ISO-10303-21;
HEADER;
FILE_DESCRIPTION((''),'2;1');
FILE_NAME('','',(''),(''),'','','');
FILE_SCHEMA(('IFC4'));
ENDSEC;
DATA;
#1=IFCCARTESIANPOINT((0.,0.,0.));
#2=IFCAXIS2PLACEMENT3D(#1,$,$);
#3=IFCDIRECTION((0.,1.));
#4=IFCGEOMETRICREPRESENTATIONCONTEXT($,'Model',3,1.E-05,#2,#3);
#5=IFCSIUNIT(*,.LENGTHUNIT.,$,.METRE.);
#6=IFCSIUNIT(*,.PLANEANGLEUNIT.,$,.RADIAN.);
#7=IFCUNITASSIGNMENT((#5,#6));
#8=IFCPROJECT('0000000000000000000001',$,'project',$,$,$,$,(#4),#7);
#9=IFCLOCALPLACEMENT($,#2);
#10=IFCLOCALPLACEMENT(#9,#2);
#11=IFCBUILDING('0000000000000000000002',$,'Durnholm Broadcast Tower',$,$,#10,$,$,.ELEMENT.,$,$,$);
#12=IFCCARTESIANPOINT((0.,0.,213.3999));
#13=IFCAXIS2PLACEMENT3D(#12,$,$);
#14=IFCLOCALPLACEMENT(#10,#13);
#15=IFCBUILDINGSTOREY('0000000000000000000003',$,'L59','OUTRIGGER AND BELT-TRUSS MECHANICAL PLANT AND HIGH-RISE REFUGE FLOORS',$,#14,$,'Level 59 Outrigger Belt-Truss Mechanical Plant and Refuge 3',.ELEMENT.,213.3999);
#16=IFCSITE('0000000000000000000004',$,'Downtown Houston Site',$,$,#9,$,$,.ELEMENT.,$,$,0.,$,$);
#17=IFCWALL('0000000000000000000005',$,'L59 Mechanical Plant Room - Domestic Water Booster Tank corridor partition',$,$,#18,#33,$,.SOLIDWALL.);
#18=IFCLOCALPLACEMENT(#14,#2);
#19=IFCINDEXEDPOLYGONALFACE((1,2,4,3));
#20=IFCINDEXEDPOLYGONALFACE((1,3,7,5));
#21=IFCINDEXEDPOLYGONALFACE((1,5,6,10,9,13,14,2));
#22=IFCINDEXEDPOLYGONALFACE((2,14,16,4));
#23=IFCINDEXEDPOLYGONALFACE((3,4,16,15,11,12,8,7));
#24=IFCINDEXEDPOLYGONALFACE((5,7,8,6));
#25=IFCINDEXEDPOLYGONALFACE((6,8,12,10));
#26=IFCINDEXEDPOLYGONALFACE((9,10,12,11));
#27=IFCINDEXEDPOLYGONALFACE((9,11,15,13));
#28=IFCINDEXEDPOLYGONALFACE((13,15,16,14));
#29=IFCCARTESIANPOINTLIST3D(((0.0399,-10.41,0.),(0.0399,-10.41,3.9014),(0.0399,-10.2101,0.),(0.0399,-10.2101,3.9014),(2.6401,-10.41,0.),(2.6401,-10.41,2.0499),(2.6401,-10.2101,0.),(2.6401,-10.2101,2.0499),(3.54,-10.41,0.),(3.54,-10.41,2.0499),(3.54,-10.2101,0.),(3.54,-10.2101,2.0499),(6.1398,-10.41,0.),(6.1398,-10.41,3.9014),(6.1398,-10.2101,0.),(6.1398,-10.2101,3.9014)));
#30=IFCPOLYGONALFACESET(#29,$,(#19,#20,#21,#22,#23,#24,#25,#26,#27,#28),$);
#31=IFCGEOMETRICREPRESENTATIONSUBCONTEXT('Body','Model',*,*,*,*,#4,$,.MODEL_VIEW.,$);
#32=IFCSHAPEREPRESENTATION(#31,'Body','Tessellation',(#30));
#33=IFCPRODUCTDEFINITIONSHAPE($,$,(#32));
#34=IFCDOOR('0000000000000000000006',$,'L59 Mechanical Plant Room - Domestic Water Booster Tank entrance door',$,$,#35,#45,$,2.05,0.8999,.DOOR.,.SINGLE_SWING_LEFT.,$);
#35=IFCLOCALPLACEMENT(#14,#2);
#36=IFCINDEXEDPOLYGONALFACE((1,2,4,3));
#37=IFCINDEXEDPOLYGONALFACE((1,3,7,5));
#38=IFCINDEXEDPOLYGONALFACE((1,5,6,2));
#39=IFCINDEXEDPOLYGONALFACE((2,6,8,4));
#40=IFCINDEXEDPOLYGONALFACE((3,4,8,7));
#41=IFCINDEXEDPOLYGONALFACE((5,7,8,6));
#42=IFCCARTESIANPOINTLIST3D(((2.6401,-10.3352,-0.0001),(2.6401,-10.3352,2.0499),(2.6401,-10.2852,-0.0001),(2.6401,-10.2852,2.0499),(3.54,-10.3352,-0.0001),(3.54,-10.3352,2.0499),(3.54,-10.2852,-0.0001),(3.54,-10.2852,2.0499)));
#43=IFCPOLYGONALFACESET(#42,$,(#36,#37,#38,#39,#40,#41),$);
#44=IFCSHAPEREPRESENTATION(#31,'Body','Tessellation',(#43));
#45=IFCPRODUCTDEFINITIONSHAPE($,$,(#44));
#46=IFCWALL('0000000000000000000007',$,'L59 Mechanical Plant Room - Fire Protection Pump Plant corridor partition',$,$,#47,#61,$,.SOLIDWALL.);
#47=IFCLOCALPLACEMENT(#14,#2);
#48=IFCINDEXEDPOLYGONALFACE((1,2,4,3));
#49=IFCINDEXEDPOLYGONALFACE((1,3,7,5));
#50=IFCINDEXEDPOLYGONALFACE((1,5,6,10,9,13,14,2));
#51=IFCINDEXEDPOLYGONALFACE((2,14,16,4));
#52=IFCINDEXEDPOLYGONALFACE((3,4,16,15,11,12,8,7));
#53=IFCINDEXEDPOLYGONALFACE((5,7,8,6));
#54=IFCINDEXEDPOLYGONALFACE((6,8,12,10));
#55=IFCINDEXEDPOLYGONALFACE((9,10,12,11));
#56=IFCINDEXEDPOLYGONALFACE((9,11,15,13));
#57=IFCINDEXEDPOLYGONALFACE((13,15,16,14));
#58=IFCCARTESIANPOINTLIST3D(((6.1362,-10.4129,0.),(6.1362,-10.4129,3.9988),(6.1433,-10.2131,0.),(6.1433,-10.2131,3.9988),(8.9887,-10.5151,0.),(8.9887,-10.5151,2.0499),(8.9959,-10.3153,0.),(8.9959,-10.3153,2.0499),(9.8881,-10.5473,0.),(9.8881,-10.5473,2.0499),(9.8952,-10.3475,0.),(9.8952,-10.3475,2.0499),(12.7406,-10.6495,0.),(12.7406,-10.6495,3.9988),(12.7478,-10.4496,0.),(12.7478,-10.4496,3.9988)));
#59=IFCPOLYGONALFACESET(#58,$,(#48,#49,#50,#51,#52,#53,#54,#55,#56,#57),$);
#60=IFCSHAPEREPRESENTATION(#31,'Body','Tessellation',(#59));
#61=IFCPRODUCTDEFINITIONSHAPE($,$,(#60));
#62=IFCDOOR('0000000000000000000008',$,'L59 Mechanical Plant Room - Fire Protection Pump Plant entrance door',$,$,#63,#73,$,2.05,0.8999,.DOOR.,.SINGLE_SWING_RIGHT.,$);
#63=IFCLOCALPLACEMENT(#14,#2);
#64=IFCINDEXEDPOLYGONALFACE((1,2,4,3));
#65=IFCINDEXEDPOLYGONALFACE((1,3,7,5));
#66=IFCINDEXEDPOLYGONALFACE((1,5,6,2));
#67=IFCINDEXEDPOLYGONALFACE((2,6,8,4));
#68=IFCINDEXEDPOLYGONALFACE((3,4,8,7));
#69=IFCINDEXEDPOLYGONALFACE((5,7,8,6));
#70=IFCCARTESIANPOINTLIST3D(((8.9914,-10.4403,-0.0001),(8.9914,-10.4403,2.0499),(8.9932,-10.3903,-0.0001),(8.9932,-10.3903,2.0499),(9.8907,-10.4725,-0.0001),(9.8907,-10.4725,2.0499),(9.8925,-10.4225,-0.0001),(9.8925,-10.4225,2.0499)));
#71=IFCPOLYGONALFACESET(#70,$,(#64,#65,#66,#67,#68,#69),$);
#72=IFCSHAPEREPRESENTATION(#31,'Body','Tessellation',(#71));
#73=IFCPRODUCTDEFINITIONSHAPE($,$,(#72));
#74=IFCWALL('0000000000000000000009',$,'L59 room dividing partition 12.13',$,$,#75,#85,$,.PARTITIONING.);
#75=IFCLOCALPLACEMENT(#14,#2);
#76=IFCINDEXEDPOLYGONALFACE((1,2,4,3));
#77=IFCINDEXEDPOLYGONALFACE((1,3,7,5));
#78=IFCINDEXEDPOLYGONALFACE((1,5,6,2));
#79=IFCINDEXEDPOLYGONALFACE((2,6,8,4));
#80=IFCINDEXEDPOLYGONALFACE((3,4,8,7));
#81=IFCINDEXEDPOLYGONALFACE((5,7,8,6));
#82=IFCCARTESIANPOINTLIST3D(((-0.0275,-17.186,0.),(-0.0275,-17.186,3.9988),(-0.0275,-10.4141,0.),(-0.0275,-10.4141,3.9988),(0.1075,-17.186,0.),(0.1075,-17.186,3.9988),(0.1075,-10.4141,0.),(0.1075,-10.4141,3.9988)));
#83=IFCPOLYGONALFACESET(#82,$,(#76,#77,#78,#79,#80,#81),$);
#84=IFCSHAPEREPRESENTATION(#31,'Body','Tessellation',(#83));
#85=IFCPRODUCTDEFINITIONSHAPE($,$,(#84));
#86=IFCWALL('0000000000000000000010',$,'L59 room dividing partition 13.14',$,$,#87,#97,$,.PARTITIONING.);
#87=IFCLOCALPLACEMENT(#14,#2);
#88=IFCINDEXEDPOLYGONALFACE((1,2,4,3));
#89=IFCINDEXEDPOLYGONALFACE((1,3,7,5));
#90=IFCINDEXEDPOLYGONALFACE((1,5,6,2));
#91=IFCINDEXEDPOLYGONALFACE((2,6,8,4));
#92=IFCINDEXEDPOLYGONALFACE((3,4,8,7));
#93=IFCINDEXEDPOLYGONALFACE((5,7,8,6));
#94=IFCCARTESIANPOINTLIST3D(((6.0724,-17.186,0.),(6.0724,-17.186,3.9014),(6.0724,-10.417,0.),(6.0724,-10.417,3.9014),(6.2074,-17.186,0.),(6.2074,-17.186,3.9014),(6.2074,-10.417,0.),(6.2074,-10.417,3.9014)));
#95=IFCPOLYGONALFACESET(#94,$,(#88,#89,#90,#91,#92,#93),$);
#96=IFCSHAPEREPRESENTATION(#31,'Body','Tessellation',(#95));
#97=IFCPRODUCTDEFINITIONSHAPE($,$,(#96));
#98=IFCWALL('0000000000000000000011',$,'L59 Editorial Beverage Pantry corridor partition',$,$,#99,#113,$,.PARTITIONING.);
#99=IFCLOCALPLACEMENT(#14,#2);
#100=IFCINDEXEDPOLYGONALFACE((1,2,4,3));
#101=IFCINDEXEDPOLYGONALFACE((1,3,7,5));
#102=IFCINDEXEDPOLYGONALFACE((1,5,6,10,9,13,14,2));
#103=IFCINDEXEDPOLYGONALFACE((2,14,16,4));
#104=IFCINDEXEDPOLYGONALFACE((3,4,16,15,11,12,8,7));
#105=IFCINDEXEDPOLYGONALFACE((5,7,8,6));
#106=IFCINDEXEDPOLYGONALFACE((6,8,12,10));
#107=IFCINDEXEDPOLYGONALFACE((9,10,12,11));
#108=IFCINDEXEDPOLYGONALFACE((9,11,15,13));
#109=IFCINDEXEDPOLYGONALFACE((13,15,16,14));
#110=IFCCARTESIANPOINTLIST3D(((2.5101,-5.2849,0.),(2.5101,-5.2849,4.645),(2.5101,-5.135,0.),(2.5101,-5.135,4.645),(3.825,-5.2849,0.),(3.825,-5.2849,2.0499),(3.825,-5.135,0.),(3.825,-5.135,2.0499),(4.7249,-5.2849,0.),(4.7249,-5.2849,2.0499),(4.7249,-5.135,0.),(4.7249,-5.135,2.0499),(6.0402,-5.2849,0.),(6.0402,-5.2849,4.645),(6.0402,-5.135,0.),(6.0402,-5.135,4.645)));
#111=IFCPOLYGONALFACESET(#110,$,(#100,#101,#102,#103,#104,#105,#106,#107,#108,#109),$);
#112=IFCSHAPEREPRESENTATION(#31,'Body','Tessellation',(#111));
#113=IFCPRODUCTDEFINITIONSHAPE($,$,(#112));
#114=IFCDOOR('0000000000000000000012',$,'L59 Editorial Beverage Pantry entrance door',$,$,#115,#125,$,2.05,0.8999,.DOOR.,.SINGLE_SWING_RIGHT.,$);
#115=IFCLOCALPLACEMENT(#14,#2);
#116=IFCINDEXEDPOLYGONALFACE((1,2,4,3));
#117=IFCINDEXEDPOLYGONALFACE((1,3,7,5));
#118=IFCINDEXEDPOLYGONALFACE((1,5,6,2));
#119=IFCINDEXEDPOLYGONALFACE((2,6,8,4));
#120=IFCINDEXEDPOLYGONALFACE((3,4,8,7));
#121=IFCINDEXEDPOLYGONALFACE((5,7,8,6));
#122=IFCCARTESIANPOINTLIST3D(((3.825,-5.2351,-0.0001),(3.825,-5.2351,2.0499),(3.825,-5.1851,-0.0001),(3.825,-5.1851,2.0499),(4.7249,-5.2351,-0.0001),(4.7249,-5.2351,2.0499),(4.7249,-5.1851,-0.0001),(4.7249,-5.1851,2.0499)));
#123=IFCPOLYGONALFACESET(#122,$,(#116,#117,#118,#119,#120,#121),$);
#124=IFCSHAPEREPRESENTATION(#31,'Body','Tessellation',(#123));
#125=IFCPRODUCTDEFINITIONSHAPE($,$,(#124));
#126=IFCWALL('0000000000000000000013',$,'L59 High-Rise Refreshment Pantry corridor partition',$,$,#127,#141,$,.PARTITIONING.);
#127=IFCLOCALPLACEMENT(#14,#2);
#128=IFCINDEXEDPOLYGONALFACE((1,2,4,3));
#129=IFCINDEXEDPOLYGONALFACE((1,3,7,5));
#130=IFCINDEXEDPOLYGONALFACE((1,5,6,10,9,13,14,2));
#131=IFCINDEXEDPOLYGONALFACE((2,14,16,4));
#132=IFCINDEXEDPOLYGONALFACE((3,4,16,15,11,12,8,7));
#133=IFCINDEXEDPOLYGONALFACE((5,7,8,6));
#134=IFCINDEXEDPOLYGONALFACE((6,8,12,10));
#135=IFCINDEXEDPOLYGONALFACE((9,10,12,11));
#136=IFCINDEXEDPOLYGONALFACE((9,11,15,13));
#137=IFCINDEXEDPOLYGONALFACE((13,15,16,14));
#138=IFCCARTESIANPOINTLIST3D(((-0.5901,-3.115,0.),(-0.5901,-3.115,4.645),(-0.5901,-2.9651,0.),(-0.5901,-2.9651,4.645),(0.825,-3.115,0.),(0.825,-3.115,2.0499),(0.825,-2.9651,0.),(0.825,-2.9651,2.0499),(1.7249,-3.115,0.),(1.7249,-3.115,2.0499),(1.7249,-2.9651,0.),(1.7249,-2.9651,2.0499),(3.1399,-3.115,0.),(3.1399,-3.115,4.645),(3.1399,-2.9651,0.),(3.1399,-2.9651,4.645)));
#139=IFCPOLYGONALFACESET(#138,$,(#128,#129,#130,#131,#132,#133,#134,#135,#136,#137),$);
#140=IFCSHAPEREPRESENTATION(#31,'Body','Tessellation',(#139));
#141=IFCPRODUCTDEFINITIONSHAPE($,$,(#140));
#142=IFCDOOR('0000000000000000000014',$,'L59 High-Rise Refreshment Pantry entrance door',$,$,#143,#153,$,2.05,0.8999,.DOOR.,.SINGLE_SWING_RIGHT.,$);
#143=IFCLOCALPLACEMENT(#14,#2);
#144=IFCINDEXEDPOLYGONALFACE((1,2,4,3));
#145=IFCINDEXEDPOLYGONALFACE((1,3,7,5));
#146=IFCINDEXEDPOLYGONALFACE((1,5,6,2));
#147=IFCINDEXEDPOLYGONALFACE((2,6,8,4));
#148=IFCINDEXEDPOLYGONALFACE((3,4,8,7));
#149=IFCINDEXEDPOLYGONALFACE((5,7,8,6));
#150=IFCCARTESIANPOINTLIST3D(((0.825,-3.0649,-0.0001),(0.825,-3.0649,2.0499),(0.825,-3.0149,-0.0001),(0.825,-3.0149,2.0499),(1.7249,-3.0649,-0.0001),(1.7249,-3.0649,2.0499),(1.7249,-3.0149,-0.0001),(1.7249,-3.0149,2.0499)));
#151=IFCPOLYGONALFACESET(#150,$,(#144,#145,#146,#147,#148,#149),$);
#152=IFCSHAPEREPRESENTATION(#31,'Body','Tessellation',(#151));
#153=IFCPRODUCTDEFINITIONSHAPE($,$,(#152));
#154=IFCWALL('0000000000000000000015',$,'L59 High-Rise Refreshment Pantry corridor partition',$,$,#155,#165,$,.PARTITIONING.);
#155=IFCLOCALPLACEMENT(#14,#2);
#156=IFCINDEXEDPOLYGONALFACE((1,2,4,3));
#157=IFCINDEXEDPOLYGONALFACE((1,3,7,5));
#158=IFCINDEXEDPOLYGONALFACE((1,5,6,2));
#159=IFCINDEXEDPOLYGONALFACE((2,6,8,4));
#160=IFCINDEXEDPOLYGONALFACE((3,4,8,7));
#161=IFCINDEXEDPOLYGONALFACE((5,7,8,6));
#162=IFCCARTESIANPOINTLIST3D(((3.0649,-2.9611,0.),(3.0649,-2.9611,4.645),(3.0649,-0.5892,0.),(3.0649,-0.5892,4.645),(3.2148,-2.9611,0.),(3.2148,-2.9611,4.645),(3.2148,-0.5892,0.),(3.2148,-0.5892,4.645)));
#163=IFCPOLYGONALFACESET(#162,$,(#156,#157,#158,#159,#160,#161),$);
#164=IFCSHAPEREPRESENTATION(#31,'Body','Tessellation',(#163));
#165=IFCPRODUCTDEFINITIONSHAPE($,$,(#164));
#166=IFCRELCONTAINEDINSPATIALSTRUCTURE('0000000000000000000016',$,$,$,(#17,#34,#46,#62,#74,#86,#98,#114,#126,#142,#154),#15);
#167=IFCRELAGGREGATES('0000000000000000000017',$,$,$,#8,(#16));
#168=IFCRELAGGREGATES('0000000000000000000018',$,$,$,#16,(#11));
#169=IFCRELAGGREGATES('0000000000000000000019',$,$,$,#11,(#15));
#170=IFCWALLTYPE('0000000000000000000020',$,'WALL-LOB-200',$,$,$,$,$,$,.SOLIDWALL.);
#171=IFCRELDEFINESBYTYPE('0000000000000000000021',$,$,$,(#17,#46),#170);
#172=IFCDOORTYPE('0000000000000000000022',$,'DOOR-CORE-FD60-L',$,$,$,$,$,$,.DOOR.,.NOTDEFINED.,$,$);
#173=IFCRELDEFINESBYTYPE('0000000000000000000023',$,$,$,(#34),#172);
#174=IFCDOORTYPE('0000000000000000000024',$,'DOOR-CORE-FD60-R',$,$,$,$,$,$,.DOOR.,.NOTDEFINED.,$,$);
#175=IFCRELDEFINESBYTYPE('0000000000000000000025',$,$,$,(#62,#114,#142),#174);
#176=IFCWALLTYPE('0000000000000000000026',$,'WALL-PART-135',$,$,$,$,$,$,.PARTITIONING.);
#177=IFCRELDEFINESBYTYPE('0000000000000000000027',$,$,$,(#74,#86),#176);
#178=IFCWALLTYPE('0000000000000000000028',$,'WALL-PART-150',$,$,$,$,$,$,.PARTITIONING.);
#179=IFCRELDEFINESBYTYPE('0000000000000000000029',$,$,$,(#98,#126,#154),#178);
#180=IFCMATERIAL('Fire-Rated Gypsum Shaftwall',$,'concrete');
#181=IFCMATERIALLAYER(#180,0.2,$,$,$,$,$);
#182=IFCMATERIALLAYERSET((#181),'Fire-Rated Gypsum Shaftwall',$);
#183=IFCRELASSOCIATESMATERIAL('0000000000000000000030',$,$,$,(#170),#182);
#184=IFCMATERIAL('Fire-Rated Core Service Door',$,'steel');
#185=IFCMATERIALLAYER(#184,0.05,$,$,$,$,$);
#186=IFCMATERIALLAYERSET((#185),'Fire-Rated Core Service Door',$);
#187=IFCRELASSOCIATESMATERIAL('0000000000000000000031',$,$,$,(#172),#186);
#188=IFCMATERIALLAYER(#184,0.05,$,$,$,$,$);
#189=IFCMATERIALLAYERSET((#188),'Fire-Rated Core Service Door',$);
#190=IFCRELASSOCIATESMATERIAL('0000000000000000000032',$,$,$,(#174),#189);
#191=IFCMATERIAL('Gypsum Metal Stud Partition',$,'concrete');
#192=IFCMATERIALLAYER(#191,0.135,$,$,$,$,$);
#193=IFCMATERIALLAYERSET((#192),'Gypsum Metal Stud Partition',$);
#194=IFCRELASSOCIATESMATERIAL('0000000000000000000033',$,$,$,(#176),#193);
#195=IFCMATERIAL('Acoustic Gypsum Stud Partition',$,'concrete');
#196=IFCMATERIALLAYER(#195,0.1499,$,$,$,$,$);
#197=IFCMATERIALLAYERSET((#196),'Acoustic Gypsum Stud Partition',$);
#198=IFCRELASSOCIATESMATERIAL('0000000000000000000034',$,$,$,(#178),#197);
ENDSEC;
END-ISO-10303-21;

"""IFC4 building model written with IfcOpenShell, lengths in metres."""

from ifc_helpers import new_model, si_unit, direction, frame, frame_2d, origin, place, context, subcontext, project, spatial, rectangle, extrude, source, transform, mapped, material, layer, layer_set, type_object, type_shapes, element, fill, save


model = new_model("IFC4")

# Units and contexts
model_context = context("Model", 3, precision=1e-05, world=origin(), true_north=direction((0.0, 1.0)))
body_context = subcontext(model_context, "Body", "Model", "MODEL_VIEW")
ifc_project = project(units=[si_unit("LENGTHUNIT", "METRE"), si_unit("PLANEANGLEUNIT", "RADIAN")], contexts=[model_context])

# Site, building, storey
site_placement = place(None, origin())
site = spatial("IfcSite", under=ifc_project, at=site_placement, Name="Downtown Houston Site", CompositionType="ELEMENT", RefElevation=0.0)
building_placement = place(site_placement, origin())
building = spatial("IfcBuilding", under=site, at=building_placement, Name="Durnholm Broadcast Tower", CompositionType="ELEMENT")
storey_placement = place(building_placement, frame((0.0, 0.0, 213.3999)))
storey = spatial("IfcBuildingStorey", under=building, at=storey_placement, Name="L59", Description="OUTRIGGER AND BELT-TRUSS MECHANICAL PLANT AND HIGH-RISE REFUGE FLOORS", LongName="Level 59 Outrigger Belt-Truss Mechanical Plant and Refuge 3", CompositionType="ELEMENT", Elevation=213.3999)

# Walls, openings, doors
ifc_material_1 = material(Name="Fire-Rated Gypsum Shaftwall", Category="concrete")
ifc_layer_1 = layer(ifc_material_1, 0.2)
ifc_layer_set_1 = layer_set([ifc_layer_1], Name="Fire-Rated Gypsum Shaftwall")
wall_type_1 = type_object("IfcWallType", Name="WALL-LOB-200", PredefinedType="SOLIDWALL", material=ifc_layer_set_1)
wall_1_placement = place(storey_placement, frame((0.04, -10.3101, 0.0), z_axis=(0.0, 0.0, 1.0), x_axis=(1.0, 0.0, 0.0)))
wall_1 = element("IfcWall", 1, at=wall_1_placement, inside=storey, type_object=wall_type_1, Name="L59 Mechanical Plant Room - Domestic Water Booster Tank corridor partition", PredefinedType="SOLIDWALL", context=body_context, shape_type="SweptSolid", body=[
    extrude(rectangle(XDim=6.0999, YDim=0.2, at=frame_2d((3.0498, 0.0))), origin(), (0.0, 0.0, 1.0), 3.9014),
])
opening_1_placement = place(wall_1_placement, frame((2.6001, 0.0, 0.0)))
opening_1 = element("IfcOpeningElement", 2, at=opening_1_placement, cuts=wall_1, PredefinedType="OPENING", context=body_context, shape_type="SweptSolid", body=[
    extrude(rectangle(XDim=0.8999, YDim=2.05, at=frame_2d((0.45, 1.0249))), frame((0.0, 0.1099, 0.0), z_axis=(0.0, -1.0, 0.0), x_axis=(1.0, 0.0, 0.0)), (0.0, 0.0, 1.0), 0.22),
])
ifc_material_2 = material(Name="Fire-Rated Core Service Door", Category="steel")
ifc_layer_2 = layer(ifc_material_2, 0.05)
ifc_layer_set_2 = layer_set([ifc_layer_2], Name="Fire-Rated Core Service Door")
door_type_1 = type_object("IfcDoorType", Name="DOOR-CORE-FD60-L", OperationType="NOTDEFINED", PredefinedType="DOOR", material=ifc_layer_set_2)
shared_shape_1 = source(origin(), body_context, "Body", "SweptSolid", [
    extrude(rectangle(XDim=0.8999, YDim=2.05, at=frame_2d((0.45, 1.0249))), frame((0.0, 0.0249, 0.0), z_axis=(0.0, -1.0, 0.0), x_axis=(1.0, 0.0, 0.0)), (0.0, 0.0, 1.0), 0.05),
])
type_shapes(door_type_1, [shared_shape_1])
door_1_placement = place(opening_1_placement, origin())
door_1 = element("IfcDoor", 3, at=door_1_placement, inside=storey, type_object=door_type_1, Name="L59 Mechanical Plant Room - Domestic Water Booster Tank entrance door", OperationType="SINGLE_SWING_LEFT", OverallHeight=2.05, OverallWidth=0.8999, PredefinedType="DOOR", context=body_context, shape_type="MappedRepresentation", body=[
    mapped(shared_shape_1, transform((0.0, 0.0, 0.0), x_axis=(1.0, 0.0, 0.0), y_axis=(0.0, 1.0, 0.0), z_axis=(0.0, 0.0, 1.0), scale=1.0)),
])
fill(opening_1, door_1)
wall_2_placement = place(storey_placement, frame((6.1399, -10.313, 0.0), z_axis=(0.0, 0.0, 1.0), x_axis=(0.999359, -0.035797, 0.0)))
wall_2 = element("IfcWall", 4, at=wall_2_placement, inside=storey, type_object=wall_type_1, Name="L59 Mechanical Plant Room - Fire Protection Pump Plant corridor partition", PredefinedType="SOLIDWALL", context=body_context, shape_type="SweptSolid", body=[
    extrude(rectangle(XDim=6.6086, YDim=0.2, at=frame_2d((3.3042, 0.0))), origin(), (0.0, 0.0, 1.0), 3.9988),
])
opening_2_placement = place(wall_2_placement, frame((2.8542, 0.0, 0.0)))
opening_2 = element("IfcOpeningElement", 5, at=opening_2_placement, cuts=wall_2, PredefinedType="OPENING", context=body_context, shape_type="SweptSolid", body=[
    extrude(rectangle(XDim=0.8999, YDim=2.05, at=frame_2d((0.45, 1.0249))), frame((0.0, 0.1099, 0.0), z_axis=(0.0, -1.0, 0.0), x_axis=(1.0, 0.0, 0.0)), (0.0, 0.0, 1.0), 0.22),
])
ifc_layer_3 = layer(ifc_material_2, 0.05)
ifc_layer_set_3 = layer_set([ifc_layer_3], Name="Fire-Rated Core Service Door")
door_type_2 = type_object("IfcDoorType", Name="DOOR-CORE-FD60-R", OperationType="NOTDEFINED", PredefinedType="DOOR", material=ifc_layer_set_3)
shared_shape_2 = source(origin(), body_context, "Body", "SweptSolid", [
    extrude(rectangle(XDim=0.8999, YDim=2.05, at=frame_2d((0.45, 1.0249))), frame((0.0, 0.0249, 0.0), z_axis=(0.0, -1.0, 0.0), x_axis=(1.0, 0.0, 0.0)), (0.0, 0.0, 1.0), 0.05),
])
type_shapes(door_type_2, [shared_shape_2])
door_2_placement = place(opening_2_placement, origin())
door_2 = element("IfcDoor", 6, at=door_2_placement, inside=storey, type_object=door_type_2, Name="L59 Mechanical Plant Room - Fire Protection Pump Plant entrance door", OperationType="SINGLE_SWING_RIGHT", OverallHeight=2.05, OverallWidth=0.8999, PredefinedType="DOOR", context=body_context, shape_type="MappedRepresentation", body=[
    mapped(shared_shape_2, transform((0.0, 0.0, 0.0), x_axis=(1.0, 0.0, 0.0), y_axis=(0.0, 1.0, 0.0), z_axis=(0.0, 0.0, 1.0), scale=1.0)),
])
fill(opening_2, door_2)

# Walls
ifc_material_3 = material(Name="Gypsum Metal Stud Partition", Category="concrete")
ifc_layer_4 = layer(ifc_material_3, 0.135)
ifc_layer_set_4 = layer_set([ifc_layer_4], Name="Gypsum Metal Stud Partition")
wall_type_2 = type_object("IfcWallType", Name="WALL-PART-135", PredefinedType="PARTITIONING", material=ifc_layer_set_4)
wall_3_placement = place(storey_placement, frame((0.04, -10.4141, 0.0), z_axis=(0.0, 0.0, 1.0), x_axis=(0.0, -1.0, 0.0)))
element("IfcWall", 7, at=wall_3_placement, inside=storey, type_object=wall_type_2, Name="L59 room dividing partition 12.13", PredefinedType="PARTITIONING", context=body_context, shape_type="SweptSolid", body=[
    extrude(rectangle(XDim=6.772, YDim=0.135, at=frame_2d((3.386, 0.0))), origin(), (0.0, 0.0, 1.0), 3.9988),
])
wall_4_placement = place(storey_placement, frame((6.1399, -10.417, 0.0), z_axis=(0.0, 0.0, 1.0), x_axis=(0.0, -1.0, 0.0)))
element("IfcWall", 8, at=wall_4_placement, inside=storey, type_object=wall_type_2, Name="L59 room dividing partition 13.14", PredefinedType="PARTITIONING", context=body_context, shape_type="SweptSolid", body=[
    extrude(rectangle(XDim=6.769, YDim=0.135, at=frame_2d((3.3845, 0.0))), origin(), (0.0, 0.0, 1.0), 3.9014),
])

# Walls, openings, doors
ifc_material_4 = material(Name="Acoustic Gypsum Stud Partition", Category="concrete")
ifc_layer_5 = layer(ifc_material_4, 0.1499)
ifc_layer_set_5 = layer_set([ifc_layer_5], Name="Acoustic Gypsum Stud Partition")
wall_type_3 = type_object("IfcWallType", Name="WALL-PART-150", PredefinedType="PARTITIONING", material=ifc_layer_set_5)
wall_5_placement = place(storey_placement, frame((2.51, -5.21, 0.0), z_axis=(0.0, 0.0, 1.0), x_axis=(1.0, 0.0, 0.0)))
wall_5 = element("IfcWall", 9, at=wall_5_placement, inside=storey, type_object=wall_type_3, Name="L59 Editorial Beverage Pantry corridor partition", PredefinedType="PARTITIONING", context=body_context, shape_type="SweptSolid", body=[
    extrude(rectangle(XDim=3.53, YDim=0.1499, at=frame_2d((1.7651, 0.0))), origin(), (0.0, 0.0, 1.0), 4.645),
])
opening_3_placement = place(wall_5_placement, frame((1.3149, 0.0, 0.0)))
opening_3 = element("IfcOpeningElement", 10, at=opening_3_placement, cuts=wall_5, PredefinedType="OPENING", context=body_context, shape_type="SweptSolid", body=[
    extrude(rectangle(XDim=0.8999, YDim=2.05, at=frame_2d((0.45, 1.0249))), frame((0.0, 0.085, 0.0), z_axis=(0.0, -1.0, 0.0), x_axis=(1.0, 0.0, 0.0)), (0.0, 0.0, 1.0), 0.1699),
])
door_3_placement = place(opening_3_placement, origin())
door_3 = element("IfcDoor", 11, at=door_3_placement, inside=storey, type_object=door_type_2, Name="L59 Editorial Beverage Pantry entrance door", OperationType="SINGLE_SWING_RIGHT", OverallHeight=2.05, OverallWidth=0.8999, PredefinedType="DOOR", context=body_context, shape_type="MappedRepresentation", body=[
    mapped(shared_shape_2, transform((0.0, 0.0, 0.0), x_axis=(1.0, 0.0, 0.0), y_axis=(0.0, 1.0, 0.0), z_axis=(0.0, 0.0, 1.0), scale=1.0)),
])
fill(opening_3, door_3)
wall_6_placement = place(storey_placement, frame((3.1399, -3.04, 0.0), z_axis=(0.0, 0.0, 1.0), x_axis=(-1.0, 0.0, 0.0)))
wall_6 = element("IfcWall", 12, at=wall_6_placement, inside=storey, type_object=wall_type_3, Name="L59 High-Rise Refreshment Pantry corridor partition", PredefinedType="PARTITIONING", context=body_context, shape_type="SweptSolid", body=[
    extrude(rectangle(XDim=3.73, YDim=0.1499, at=frame_2d((1.865, 0.0))), origin(), (0.0, 0.0, 1.0), 4.645),
])
opening_4_placement = place(wall_6_placement, frame((1.415, 0.0, 0.0)))
opening_4 = element("IfcOpeningElement", 13, at=opening_4_placement, cuts=wall_6, PredefinedType="OPENING", context=body_context, shape_type="SweptSolid", body=[
    extrude(rectangle(XDim=0.8999, YDim=2.05, at=frame_2d((0.45, 1.0249))), frame((0.0, 0.085, 0.0), z_axis=(0.0, -1.0, 0.0), x_axis=(1.0, 0.0, 0.0)), (0.0, 0.0, 1.0), 0.1699),
])
door_4_placement = place(opening_4_placement, origin())
door_4 = element("IfcDoor", 14, at=door_4_placement, inside=storey, type_object=door_type_2, Name="L59 High-Rise Refreshment Pantry entrance door", OperationType="SINGLE_SWING_RIGHT", OverallHeight=2.05, OverallWidth=0.8999, PredefinedType="DOOR", context=body_context, shape_type="MappedRepresentation", body=[
    mapped(shared_shape_2, transform((0.0, 0.0, 0.0), x_axis=(1.0, 0.0, 0.0), y_axis=(0.0, 1.0, 0.0), z_axis=(0.0, 0.0, 1.0), scale=1.0)),
])
fill(opening_4, door_4)

# Wall
wall_7_placement = place(storey_placement, frame((3.1399, -0.5891, 0.0), z_axis=(0.0, 0.0, 1.0), x_axis=(0.0, -1.0, 0.0)))
element("IfcWall", 15, at=wall_7_placement, inside=storey, type_object=wall_type_3, Name="L59 High-Rise Refreshment Pantry corridor partition", PredefinedType="PARTITIONING", context=body_context, shape_type="SweptSolid", body=[
    extrude(rectangle(XDim=2.3718, YDim=0.1499, at=frame_2d((1.186, 0.0))), origin(), (0.0, 0.0, 1.0), 4.645),
])

save(model, "model.ifc")
